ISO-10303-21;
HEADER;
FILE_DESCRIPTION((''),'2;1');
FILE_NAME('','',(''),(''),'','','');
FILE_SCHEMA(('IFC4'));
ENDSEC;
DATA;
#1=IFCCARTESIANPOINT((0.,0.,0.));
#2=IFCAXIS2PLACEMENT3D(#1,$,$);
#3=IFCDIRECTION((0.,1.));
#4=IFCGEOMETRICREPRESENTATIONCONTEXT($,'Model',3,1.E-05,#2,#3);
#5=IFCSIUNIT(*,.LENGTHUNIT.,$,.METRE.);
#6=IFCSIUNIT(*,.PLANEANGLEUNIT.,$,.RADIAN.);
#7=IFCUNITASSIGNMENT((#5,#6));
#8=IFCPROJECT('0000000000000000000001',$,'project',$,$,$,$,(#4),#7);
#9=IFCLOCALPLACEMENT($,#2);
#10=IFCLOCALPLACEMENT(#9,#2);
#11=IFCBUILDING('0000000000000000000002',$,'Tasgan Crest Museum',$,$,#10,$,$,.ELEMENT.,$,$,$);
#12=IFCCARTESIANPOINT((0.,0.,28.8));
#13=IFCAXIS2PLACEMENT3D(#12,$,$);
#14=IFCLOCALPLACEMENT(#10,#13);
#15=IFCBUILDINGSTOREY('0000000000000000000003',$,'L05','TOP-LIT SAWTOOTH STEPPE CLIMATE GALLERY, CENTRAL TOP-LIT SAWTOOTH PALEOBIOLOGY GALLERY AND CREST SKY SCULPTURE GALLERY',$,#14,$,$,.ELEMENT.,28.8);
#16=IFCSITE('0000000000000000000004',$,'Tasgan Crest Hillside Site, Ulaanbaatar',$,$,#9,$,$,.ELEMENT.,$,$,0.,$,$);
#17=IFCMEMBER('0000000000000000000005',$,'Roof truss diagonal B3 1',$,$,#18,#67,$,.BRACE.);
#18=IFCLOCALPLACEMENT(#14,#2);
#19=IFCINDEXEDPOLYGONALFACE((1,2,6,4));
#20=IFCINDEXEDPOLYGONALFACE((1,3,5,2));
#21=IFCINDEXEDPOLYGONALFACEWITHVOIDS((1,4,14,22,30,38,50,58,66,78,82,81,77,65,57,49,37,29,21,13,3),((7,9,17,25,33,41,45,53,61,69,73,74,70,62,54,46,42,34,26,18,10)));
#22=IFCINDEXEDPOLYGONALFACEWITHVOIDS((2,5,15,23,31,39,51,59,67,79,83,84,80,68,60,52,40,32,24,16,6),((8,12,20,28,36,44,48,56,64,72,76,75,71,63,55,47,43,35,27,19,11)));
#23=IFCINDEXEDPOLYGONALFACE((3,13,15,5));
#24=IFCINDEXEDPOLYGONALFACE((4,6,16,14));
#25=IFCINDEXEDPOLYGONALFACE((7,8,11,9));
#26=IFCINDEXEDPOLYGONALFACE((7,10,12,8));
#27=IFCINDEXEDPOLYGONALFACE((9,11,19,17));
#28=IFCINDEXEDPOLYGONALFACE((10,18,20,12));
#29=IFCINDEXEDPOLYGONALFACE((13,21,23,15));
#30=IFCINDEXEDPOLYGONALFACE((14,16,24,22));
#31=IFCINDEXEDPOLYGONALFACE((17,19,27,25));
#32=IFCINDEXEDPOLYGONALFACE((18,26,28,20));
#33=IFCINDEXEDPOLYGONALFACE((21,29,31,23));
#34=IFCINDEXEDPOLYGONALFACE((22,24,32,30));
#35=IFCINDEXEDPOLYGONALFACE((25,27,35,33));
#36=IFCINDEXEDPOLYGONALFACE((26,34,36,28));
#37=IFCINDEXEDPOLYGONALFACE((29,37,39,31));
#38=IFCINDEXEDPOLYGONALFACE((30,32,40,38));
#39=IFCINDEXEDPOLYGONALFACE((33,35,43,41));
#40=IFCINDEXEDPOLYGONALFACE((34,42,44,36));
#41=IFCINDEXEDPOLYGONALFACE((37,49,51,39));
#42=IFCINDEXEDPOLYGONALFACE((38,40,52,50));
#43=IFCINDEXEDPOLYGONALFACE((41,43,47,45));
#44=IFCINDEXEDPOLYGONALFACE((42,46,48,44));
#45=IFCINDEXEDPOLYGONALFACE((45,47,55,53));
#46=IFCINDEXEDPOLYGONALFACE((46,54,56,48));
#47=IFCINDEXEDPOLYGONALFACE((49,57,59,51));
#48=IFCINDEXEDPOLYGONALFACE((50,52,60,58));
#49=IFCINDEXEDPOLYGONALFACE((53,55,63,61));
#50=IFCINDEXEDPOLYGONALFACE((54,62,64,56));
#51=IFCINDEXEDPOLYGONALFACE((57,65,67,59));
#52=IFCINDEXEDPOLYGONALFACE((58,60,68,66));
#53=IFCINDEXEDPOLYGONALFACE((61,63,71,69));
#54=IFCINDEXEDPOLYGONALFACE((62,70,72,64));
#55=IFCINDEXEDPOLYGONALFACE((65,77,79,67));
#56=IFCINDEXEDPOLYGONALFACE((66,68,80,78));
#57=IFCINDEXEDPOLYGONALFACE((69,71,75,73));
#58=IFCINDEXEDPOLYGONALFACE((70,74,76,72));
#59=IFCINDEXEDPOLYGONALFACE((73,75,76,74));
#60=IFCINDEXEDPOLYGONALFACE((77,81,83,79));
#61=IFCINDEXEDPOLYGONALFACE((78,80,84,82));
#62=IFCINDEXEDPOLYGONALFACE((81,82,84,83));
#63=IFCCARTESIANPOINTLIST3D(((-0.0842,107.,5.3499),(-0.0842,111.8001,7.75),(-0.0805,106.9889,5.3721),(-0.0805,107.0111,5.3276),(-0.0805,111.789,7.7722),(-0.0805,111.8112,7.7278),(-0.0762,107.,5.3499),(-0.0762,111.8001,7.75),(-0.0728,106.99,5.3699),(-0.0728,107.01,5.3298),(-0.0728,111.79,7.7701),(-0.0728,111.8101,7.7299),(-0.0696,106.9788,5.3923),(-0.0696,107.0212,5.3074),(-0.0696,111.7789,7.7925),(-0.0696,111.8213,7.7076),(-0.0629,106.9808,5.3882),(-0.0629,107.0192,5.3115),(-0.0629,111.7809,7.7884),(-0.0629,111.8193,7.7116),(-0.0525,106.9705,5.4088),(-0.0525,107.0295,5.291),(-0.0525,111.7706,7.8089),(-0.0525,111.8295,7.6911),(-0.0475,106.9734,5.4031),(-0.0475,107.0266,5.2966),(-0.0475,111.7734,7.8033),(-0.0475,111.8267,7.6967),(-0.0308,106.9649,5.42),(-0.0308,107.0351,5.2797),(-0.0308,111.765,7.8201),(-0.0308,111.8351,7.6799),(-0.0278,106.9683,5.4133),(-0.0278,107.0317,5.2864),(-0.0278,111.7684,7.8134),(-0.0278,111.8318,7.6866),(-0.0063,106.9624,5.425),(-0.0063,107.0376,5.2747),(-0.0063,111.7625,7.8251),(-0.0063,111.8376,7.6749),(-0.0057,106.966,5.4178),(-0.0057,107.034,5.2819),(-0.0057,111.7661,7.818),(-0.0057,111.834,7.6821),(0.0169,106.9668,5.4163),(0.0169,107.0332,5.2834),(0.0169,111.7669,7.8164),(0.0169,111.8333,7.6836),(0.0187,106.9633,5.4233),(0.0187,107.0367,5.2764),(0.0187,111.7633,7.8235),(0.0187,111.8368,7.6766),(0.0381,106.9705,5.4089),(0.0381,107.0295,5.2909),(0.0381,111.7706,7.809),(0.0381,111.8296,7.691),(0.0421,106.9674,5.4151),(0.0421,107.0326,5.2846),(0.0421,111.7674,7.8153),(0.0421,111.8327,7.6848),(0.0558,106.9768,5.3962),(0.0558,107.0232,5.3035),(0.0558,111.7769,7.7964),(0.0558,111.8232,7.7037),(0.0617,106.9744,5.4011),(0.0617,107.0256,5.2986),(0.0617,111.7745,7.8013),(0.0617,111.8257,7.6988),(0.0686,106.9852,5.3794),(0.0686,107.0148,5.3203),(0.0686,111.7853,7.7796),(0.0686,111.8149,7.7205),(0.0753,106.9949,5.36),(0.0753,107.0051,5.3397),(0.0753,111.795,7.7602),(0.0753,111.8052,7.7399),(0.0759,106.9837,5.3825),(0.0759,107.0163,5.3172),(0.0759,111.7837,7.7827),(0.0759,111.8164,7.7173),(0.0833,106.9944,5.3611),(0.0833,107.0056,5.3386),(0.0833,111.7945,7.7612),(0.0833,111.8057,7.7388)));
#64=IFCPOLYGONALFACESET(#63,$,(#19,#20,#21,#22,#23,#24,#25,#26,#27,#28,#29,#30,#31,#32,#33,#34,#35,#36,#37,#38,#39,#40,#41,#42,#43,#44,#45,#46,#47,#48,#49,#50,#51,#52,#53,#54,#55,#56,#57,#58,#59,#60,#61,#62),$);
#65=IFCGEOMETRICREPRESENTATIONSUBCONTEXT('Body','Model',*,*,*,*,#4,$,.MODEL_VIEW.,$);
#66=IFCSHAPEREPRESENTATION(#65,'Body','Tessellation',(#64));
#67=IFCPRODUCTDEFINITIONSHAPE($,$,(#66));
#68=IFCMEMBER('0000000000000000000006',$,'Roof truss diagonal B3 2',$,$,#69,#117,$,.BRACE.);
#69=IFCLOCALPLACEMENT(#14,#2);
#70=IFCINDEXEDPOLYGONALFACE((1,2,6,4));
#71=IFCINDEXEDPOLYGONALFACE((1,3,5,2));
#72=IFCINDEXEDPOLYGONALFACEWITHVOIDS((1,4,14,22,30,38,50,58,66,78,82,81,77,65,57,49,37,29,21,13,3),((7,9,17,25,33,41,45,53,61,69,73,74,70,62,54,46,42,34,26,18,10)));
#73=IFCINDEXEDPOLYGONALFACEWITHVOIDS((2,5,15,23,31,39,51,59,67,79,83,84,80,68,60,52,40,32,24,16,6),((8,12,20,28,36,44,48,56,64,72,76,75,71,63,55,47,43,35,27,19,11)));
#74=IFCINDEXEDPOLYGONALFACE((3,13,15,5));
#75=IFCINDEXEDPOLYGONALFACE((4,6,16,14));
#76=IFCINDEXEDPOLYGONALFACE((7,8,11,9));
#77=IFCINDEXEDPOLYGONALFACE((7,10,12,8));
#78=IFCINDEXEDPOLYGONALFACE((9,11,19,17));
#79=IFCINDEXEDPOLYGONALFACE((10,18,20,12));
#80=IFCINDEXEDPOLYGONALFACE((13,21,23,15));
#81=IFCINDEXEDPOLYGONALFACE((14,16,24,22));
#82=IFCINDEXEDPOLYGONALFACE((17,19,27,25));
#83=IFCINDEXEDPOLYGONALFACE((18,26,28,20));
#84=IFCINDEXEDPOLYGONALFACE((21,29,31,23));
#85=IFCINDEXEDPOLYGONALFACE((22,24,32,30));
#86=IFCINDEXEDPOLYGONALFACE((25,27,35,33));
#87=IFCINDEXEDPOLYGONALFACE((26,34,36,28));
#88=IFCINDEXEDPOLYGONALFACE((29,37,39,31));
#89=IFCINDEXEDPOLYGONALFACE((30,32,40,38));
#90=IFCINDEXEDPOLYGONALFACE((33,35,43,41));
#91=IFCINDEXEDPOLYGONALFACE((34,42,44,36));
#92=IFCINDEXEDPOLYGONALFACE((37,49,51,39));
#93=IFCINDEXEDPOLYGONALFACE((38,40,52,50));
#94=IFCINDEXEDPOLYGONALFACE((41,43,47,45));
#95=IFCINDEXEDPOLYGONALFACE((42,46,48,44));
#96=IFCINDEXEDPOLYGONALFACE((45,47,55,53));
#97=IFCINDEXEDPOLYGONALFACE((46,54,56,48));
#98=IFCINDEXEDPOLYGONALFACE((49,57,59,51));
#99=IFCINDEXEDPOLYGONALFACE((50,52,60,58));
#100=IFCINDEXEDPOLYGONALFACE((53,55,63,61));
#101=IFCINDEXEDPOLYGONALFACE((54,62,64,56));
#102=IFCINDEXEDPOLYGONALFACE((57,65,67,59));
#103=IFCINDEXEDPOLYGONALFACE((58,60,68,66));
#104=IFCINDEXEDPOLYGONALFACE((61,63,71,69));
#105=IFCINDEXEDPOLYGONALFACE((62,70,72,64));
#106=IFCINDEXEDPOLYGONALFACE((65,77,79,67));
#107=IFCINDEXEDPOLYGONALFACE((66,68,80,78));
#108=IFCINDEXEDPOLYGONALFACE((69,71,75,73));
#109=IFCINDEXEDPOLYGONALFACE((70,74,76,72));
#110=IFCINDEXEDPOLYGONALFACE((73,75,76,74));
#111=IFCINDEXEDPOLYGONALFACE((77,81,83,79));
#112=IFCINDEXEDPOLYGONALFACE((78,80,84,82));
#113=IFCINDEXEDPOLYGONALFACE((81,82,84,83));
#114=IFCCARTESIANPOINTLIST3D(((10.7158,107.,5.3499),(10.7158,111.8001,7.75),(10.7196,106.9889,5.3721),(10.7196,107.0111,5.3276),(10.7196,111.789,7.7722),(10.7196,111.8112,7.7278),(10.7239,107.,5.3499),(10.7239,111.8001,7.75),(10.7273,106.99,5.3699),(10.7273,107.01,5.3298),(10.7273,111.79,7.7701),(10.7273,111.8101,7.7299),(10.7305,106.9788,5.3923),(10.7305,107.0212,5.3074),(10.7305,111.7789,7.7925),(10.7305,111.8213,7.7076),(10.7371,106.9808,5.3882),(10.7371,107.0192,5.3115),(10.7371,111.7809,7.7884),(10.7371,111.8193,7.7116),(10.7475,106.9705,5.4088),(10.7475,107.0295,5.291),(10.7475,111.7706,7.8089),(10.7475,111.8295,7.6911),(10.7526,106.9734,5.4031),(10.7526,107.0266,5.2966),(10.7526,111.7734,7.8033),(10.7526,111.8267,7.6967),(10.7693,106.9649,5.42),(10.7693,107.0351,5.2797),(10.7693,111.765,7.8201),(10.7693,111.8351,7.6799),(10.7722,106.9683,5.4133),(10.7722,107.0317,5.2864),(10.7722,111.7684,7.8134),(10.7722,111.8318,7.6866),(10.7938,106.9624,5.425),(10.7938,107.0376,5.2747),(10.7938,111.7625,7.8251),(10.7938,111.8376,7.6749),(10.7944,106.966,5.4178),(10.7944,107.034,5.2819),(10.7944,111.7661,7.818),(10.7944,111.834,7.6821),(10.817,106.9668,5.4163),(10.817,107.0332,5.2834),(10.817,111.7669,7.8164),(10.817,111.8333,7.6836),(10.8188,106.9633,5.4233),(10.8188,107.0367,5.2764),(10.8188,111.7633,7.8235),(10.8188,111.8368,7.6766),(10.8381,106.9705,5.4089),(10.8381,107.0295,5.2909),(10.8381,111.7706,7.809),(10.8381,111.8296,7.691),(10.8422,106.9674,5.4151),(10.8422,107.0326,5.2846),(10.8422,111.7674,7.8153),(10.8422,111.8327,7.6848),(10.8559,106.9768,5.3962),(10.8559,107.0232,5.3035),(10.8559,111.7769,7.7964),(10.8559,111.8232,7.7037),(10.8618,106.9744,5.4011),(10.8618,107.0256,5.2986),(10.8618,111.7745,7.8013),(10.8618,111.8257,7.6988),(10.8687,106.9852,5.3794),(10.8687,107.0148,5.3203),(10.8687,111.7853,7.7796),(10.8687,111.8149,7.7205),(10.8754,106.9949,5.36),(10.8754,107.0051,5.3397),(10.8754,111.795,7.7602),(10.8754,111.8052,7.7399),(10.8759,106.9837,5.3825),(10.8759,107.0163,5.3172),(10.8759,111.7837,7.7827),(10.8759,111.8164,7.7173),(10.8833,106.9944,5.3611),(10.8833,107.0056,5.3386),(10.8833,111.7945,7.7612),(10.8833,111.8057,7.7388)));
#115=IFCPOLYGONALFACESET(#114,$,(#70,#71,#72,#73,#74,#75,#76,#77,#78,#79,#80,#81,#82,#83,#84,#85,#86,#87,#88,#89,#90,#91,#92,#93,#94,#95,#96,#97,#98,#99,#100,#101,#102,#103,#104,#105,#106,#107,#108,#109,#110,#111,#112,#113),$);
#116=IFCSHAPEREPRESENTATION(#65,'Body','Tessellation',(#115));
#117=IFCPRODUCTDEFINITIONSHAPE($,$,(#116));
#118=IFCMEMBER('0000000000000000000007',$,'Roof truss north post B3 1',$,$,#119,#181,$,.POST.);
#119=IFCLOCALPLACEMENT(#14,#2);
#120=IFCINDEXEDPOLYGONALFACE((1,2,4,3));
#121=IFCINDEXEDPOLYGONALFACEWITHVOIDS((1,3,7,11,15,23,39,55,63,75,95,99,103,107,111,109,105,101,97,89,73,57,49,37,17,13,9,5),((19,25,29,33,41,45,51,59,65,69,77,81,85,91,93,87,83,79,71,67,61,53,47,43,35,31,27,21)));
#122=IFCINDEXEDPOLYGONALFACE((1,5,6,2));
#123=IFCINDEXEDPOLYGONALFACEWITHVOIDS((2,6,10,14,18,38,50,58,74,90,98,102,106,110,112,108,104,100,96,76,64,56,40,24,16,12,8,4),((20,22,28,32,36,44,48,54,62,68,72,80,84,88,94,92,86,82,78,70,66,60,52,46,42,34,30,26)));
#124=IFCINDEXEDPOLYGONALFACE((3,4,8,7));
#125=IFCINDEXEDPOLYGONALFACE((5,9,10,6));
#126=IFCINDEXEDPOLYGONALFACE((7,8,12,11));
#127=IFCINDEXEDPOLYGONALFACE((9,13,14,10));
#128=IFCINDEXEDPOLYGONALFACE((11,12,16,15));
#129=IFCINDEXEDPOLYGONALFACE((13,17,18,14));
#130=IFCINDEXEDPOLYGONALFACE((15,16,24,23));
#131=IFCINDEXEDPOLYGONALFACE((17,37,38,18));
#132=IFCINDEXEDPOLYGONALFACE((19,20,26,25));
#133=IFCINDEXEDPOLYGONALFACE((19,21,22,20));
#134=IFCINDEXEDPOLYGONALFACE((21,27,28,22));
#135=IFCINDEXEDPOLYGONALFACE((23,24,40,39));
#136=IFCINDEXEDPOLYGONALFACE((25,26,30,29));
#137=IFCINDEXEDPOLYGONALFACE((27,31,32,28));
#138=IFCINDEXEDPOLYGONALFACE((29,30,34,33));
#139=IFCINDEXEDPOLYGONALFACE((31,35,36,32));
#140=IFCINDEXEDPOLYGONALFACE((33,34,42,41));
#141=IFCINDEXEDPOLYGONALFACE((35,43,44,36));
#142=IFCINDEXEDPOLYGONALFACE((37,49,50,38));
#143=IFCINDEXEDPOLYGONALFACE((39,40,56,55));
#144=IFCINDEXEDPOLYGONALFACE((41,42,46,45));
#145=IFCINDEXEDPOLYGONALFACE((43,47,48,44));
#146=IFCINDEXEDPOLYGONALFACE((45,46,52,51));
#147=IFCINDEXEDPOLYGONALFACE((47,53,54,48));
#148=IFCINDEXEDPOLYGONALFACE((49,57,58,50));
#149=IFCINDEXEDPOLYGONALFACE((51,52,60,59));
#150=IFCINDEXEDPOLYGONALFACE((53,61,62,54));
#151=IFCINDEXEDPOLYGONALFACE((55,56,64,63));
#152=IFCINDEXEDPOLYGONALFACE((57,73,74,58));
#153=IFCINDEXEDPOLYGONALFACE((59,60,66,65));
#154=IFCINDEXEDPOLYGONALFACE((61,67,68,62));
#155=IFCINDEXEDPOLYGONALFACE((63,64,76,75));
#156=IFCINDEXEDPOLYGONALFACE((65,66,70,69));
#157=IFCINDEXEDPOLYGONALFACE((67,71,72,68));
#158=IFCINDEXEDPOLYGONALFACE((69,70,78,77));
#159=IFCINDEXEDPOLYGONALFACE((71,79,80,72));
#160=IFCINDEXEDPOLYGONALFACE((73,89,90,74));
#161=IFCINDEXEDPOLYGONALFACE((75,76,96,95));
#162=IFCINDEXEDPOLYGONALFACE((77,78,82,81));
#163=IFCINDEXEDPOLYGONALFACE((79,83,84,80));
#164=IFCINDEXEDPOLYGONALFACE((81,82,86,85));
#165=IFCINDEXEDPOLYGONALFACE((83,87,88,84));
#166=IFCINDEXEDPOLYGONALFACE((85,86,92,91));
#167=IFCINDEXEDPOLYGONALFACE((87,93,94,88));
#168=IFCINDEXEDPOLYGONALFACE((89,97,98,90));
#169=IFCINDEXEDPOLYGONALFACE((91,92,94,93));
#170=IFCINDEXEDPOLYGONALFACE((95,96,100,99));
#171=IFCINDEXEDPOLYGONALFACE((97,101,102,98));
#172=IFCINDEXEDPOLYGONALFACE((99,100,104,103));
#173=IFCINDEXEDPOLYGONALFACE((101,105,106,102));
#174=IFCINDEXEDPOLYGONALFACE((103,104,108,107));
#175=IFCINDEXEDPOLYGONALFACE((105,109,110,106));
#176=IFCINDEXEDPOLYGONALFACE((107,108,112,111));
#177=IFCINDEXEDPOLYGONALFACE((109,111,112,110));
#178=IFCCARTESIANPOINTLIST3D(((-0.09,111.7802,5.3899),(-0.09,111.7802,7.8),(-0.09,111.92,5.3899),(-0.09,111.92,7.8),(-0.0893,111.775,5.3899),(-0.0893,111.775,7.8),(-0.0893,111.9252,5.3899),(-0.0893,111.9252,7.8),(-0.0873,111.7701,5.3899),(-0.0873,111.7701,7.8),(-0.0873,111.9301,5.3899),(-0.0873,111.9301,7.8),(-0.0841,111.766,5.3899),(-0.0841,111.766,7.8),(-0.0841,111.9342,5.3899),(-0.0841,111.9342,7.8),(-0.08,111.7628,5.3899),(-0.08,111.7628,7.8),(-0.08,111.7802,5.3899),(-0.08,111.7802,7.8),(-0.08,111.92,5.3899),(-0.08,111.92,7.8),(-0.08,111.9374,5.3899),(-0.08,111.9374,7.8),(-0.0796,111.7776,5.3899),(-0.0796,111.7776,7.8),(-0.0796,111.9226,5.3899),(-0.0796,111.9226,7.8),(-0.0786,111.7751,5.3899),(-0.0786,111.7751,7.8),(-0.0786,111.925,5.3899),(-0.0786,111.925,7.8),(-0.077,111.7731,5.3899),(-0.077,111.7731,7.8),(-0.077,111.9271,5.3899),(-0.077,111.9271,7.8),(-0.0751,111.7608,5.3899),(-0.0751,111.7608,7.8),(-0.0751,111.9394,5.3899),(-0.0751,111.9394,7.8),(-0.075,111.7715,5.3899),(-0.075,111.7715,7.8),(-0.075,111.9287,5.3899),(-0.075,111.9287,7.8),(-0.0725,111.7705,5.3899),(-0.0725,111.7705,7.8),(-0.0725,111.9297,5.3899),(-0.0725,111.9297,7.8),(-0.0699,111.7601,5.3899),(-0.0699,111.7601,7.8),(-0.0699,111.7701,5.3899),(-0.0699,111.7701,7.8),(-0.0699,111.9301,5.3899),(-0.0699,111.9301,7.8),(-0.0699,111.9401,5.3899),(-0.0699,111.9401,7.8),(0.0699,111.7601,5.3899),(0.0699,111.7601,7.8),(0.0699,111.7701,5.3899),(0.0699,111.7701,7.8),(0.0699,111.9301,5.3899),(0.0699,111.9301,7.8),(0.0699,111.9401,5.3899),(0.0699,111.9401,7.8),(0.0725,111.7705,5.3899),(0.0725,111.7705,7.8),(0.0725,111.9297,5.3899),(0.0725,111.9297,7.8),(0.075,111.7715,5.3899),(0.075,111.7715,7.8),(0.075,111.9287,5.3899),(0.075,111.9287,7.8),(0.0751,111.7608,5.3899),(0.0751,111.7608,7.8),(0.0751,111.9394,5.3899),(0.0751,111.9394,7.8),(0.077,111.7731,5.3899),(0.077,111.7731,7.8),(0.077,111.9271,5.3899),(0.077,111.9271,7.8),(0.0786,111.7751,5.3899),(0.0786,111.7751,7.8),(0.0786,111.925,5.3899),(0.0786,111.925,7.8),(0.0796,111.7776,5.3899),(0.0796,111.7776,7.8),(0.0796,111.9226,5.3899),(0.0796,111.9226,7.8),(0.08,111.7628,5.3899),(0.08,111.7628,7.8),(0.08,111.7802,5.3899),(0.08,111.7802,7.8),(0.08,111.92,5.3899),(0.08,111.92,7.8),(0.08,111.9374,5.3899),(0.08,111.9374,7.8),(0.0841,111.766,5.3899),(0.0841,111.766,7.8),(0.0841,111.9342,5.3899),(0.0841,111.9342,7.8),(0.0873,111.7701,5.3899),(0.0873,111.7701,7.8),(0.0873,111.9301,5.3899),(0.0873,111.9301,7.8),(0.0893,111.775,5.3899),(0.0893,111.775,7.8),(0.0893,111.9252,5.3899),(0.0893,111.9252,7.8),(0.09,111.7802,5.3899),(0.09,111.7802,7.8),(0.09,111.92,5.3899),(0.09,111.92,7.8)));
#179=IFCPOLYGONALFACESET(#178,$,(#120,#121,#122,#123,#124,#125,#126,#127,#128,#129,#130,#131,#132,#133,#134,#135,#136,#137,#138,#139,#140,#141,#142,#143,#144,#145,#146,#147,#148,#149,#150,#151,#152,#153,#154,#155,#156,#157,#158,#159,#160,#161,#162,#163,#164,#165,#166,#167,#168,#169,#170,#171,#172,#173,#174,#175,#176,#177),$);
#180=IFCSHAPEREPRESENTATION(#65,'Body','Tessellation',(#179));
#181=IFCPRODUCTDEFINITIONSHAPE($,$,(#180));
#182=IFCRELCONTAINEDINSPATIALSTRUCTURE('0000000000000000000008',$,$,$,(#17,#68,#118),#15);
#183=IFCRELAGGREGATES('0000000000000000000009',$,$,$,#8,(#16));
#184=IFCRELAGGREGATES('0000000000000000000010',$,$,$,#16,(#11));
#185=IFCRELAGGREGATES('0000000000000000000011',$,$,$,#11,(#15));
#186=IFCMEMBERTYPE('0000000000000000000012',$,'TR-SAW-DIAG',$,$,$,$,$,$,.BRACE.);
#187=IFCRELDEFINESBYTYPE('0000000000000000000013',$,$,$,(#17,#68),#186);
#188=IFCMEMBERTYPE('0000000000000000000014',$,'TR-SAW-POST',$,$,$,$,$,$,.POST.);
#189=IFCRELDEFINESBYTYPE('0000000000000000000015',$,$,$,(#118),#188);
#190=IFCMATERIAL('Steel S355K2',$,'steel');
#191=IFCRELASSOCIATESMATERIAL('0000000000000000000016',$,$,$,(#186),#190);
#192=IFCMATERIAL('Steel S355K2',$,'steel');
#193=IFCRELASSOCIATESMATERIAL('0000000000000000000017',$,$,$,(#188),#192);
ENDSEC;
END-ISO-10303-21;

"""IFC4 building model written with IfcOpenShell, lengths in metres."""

from ifc_helpers import new_model, si_unit, direction, frame, origin, origin_2d, place, context, subcontext, project, spatial, hollow_rectangle, hollow_circle, extrude, material, material_profile, profile_set, type_object, element, save


model = new_model("IFC4")

# Units and contexts
model_context = context("Model", 3, precision=1e-05, world=origin(), true_north=direction((0.0, 1.0)))
body_context = subcontext(model_context, "Body", "Model", "MODEL_VIEW")
ifc_project = project(units=[si_unit("LENGTHUNIT", "METRE"), si_unit("PLANEANGLEUNIT", "RADIAN")], contexts=[model_context])

# Site, building, storey
site_placement = place(None, origin())
site = spatial("IfcSite", under=ifc_project, at=site_placement, Name="Tasgan Crest Hillside Site, Ulaanbaatar", CompositionType="ELEMENT", RefElevation=0.0)
building_placement = place(site_placement, origin())
building = spatial("IfcBuilding", under=site, at=building_placement, Name="Tasgan Crest Museum", CompositionType="ELEMENT")
storey_placement = place(building_placement, frame((0.0, 0.0, 28.8)))
storey = spatial("IfcBuildingStorey", under=building, at=storey_placement, Name="L05", Description="TOP-LIT SAWTOOTH STEPPE CLIMATE GALLERY, CENTRAL TOP-LIT SAWTOOTH PALEOBIOLOGY GALLERY AND CREST SKY SCULPTURE GALLERY", CompositionType="ELEMENT", Elevation=28.8)

# Members
ifc_material_1 = material(Name="Steel S355K2", Category="steel")
ifc_material_profile_1 = material_profile(ifc_material_1, hollow_circle(Radius=0.0842, WallThickness=0.0081, at=origin_2d()), Name="CHS 168.3x8")
ifc_profile_set_1 = profile_set([ifc_material_profile_1], Name="Steel S355K2")
member_type_1 = type_object("IfcMemberType", Name="TR-SAW-DIAG", PredefinedType="BRACE", material=ifc_profile_set_1)
for number, where, z_axis, x_axis, name in (
    (1, (0.0, 107.0, 5.3499), (0.0, 0.894418, 0.447232), (-1.0, 0.0, 0.0), "Roof truss diagonal B3 1"),
    (2, (10.8, 107.0, 5.3499), (0.0, 0.894418, 0.447232), (-1.0, 0.0, 0.0), "Roof truss diagonal B3 2"),
):
    element("IfcMember", number, at=place(storey_placement, frame(where, z_axis=z_axis, x_axis=x_axis)), inside=storey, type_object=member_type_1, Name=name, PredefinedType="BRACE", context=body_context, shape_type="SweptSolid", body=[
        extrude(hollow_circle(Radius=0.0842, WallThickness=0.0081, at=origin_2d()), origin(), (0.0, 0.0, 1.0), 5.3667),
    ])
ifc_material_2 = material(Name="Steel S355K2", Category="steel")
ifc_material_profile_2 = material_profile(ifc_material_2, hollow_rectangle(XDim=0.1799, YDim=0.1799, WallThickness=0.01, InnerFilletRadius=0.01, OuterFilletRadius=0.02, at=origin_2d()), Name="SHS 180x180x10")
ifc_profile_set_2 = profile_set([ifc_material_profile_2], Name="Steel S355K2")
member_type_2 = type_object("IfcMemberType", Name="TR-SAW-POST", PredefinedType="POST", material=ifc_profile_set_2)
for number, where, z_axis, x_axis, name in (
    (3, (0.0, 111.8501, 5.3899), (0.0, 0.0, 1.0), (1.0, 0.0, 0.0), "Roof truss north post B3 1"),
):
    element("IfcMember", number, at=place(storey_placement, frame(where, z_axis=z_axis, x_axis=x_axis)), inside=storey, type_object=member_type_2, Name=name, PredefinedType="POST", context=body_context, shape_type="SweptSolid", body=[
        extrude(hollow_rectangle(XDim=0.1799, YDim=0.1799, WallThickness=0.01, InnerFilletRadius=0.01, OuterFilletRadius=0.02, at=origin_2d()), origin(), (0.0, 0.0, 1.0), 2.4102),
    ])

save(model, "model.ifc")
